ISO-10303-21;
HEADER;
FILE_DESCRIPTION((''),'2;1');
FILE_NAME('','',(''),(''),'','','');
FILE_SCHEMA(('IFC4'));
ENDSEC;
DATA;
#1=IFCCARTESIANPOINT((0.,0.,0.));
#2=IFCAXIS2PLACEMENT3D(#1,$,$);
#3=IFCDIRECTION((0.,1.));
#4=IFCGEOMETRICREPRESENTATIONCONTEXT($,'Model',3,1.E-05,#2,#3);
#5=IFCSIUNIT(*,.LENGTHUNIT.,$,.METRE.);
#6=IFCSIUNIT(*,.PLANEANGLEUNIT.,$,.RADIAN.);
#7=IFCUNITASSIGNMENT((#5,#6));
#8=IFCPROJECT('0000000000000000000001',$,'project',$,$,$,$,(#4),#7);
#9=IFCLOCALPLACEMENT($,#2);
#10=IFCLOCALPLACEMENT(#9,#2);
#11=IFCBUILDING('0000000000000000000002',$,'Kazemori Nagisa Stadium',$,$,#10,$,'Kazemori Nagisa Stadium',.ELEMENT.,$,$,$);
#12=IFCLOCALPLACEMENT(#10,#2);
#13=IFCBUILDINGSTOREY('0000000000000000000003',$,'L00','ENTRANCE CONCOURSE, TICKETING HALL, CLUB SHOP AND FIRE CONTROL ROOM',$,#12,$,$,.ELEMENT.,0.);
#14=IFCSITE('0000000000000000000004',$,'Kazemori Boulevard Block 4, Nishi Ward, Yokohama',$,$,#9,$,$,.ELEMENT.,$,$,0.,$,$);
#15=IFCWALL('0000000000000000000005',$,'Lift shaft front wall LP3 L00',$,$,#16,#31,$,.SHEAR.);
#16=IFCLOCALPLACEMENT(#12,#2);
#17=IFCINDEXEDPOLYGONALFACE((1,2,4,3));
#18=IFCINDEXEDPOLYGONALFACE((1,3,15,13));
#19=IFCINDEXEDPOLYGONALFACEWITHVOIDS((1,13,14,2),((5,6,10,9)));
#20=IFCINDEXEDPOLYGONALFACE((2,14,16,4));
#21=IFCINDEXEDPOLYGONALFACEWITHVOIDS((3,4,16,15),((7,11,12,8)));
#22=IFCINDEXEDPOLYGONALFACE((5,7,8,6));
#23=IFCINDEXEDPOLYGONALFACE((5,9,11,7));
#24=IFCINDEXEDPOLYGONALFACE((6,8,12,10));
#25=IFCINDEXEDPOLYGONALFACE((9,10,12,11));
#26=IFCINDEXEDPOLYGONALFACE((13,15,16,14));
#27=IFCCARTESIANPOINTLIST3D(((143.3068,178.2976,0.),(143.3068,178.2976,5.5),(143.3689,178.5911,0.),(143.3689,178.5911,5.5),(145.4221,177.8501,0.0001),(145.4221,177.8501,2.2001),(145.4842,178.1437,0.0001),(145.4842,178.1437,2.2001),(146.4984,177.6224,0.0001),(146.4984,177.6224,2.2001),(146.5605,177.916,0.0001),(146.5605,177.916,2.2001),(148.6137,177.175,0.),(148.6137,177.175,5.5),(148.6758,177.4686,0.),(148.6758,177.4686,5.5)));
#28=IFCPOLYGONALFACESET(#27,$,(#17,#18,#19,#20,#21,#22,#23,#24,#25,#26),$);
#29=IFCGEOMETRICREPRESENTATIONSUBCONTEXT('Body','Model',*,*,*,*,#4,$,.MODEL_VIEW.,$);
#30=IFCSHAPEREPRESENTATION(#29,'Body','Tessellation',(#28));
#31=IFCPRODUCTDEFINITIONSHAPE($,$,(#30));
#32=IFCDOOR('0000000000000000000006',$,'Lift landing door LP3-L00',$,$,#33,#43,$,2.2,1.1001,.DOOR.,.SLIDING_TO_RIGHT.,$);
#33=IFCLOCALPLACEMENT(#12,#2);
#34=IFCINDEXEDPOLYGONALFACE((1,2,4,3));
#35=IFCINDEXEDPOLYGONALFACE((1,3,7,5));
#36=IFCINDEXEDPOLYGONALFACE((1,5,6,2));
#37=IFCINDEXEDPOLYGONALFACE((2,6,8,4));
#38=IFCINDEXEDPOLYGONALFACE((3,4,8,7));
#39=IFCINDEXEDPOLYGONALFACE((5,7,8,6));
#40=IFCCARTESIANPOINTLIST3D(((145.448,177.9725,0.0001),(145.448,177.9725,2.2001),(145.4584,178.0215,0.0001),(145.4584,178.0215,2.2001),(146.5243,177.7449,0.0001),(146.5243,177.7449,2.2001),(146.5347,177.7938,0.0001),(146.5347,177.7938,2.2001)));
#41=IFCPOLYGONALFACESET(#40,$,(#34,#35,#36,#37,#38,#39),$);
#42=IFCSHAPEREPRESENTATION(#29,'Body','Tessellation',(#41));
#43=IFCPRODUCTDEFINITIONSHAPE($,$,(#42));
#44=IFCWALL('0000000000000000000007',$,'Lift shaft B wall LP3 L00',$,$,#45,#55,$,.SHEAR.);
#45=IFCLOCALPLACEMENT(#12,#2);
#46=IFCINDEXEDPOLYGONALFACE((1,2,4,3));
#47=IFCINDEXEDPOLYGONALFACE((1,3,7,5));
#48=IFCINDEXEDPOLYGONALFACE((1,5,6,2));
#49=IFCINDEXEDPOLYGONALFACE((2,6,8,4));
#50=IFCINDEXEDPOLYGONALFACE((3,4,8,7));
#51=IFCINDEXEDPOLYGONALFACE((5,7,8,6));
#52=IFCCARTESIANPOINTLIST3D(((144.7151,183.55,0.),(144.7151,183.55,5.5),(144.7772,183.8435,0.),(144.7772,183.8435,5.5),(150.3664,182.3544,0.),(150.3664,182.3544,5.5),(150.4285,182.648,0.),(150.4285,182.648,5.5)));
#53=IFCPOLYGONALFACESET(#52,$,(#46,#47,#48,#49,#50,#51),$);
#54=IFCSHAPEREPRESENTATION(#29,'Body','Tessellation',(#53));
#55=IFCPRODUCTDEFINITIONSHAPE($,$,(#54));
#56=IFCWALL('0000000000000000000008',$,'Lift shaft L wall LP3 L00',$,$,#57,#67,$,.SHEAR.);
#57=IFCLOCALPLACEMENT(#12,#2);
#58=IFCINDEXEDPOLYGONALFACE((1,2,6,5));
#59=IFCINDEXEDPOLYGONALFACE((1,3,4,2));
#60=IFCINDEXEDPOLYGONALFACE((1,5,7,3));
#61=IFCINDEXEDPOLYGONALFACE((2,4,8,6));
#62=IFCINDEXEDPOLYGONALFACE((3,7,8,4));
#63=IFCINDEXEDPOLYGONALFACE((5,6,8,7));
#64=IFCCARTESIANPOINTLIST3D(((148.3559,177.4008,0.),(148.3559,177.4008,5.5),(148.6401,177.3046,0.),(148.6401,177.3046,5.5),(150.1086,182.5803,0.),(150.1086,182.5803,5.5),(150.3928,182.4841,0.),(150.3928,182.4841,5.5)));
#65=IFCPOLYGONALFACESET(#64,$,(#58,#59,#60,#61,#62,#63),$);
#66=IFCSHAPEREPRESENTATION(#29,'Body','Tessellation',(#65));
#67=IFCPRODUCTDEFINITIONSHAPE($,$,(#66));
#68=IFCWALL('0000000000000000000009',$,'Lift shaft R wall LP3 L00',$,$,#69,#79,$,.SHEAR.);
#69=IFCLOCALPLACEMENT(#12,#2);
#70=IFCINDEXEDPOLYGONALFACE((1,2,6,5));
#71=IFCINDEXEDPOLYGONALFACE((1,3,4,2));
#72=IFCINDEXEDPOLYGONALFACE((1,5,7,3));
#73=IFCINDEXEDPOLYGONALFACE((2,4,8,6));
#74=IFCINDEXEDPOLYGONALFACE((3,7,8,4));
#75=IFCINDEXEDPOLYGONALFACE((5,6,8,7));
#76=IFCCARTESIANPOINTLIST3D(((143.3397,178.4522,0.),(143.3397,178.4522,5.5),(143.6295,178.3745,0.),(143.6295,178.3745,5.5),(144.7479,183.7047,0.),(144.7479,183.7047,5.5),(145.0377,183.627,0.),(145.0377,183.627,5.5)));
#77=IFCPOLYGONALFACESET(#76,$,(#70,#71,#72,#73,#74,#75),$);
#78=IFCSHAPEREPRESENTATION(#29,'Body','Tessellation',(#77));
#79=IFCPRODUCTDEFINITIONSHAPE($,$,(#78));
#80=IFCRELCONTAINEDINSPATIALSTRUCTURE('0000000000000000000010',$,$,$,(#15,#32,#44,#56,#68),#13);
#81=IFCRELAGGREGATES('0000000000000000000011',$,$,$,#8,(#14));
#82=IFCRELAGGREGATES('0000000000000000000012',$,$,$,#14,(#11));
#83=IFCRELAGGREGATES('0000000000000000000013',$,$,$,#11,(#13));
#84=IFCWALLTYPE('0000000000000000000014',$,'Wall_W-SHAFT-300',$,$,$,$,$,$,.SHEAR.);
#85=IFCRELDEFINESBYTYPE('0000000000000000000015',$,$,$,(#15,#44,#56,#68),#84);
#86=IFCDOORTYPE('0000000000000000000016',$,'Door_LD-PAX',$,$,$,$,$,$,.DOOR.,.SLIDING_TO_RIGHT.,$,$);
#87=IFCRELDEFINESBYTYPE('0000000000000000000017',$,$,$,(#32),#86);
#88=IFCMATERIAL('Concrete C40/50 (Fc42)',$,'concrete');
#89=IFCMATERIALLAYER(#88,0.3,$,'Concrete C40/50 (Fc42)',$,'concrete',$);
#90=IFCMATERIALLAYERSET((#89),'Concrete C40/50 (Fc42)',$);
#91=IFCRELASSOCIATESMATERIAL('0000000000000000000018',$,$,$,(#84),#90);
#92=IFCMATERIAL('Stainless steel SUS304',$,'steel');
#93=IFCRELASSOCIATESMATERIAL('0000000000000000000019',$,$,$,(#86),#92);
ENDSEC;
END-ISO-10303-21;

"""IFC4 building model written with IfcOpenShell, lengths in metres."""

from ifc_helpers import new_model, si_unit, direction, frame, frame_2d, origin, place, context, subcontext, project, spatial, rectangle, extrude, material, layer, layer_set, type_object, element, fill, save


model = new_model("IFC4")

# Units and contexts
model_context = context("Model", 3, precision=1e-05, world=origin(), true_north=direction((0.0, 1.0)))
body_context = subcontext(model_context, "Body", "Model", "MODEL_VIEW")
ifc_project = project(units=[si_unit("LENGTHUNIT", "METRE"), si_unit("PLANEANGLEUNIT", "RADIAN")], contexts=[model_context])

# Site, building, storey
site_placement = place(None, origin())
site = spatial("IfcSite", under=ifc_project, at=site_placement, Name="Kazemori Boulevard Block 4, Nishi Ward, Yokohama", CompositionType="ELEMENT", RefElevation=0.0)
building_placement = place(site_placement, origin())
building = spatial("IfcBuilding", under=site, at=building_placement, Name="Kazemori Nagisa Stadium", LongName="Kazemori Nagisa Stadium", CompositionType="ELEMENT")
storey_placement = place(building_placement, origin())
storey = spatial("IfcBuildingStorey", under=building, at=storey_placement, Name="L00", Description="ENTRANCE CONCOURSE, TICKETING HALL, CLUB SHOP AND FIRE CONTROL ROOM", CompositionType="ELEMENT", Elevation=0.0)

# Shared definitions
ifc_material_1 = material(Name="Concrete C40/50 (Fc42)", Category="concrete")

# Wall, opening, door
ifc_layer_1 = layer(ifc_material_1, 0.3, Name="Concrete C40/50 (Fc42)", Category="concrete")
ifc_layer_set_1 = layer_set([ifc_layer_1], Name="Concrete C40/50 (Fc42)")
wall_type_1 = type_object("IfcWallType", Name="Wall_W-SHAFT-300", PredefinedType="SHEAR", material=ifc_layer_set_1)
wall_1_placement = place(storey_placement, frame((148.6448, 177.3218, 0.0), z_axis=(0.0, 0.0, 1.0), x_axis=(-0.978352, 0.206949, 0.0)))
wall_1 = element("IfcWall", 1, at=wall_1_placement, inside=storey, type_object=wall_type_1, Name="Lift shaft front wall LP3 L00", PredefinedType="SHEAR", context=body_context, shape_type="SweptSolid", body=[
    extrude(rectangle(XDim=5.4243, YDim=0.3, at=frame_2d((2.7122, 0.0))), origin(), (0.0, 0.0, 1.0), 5.5),
])
opening_1_placement = place(wall_1_placement, frame((2.1621, 0.0, 0.0)))
opening_1 = element("IfcOpeningElement", 2, at=opening_1_placement, cuts=wall_1, PredefinedType="OPENING", context=body_context, shape_type="SweptSolid", body=[
    extrude(rectangle(XDim=1.1001, YDim=2.2, at=frame_2d((0.55, 1.1001))), frame((0.0, 0.1599, 0.0), z_axis=(0.0, -1.0, 0.0), x_axis=(1.0, 0.0, 0.0)), (0.0, 0.0, 1.0), 0.3201),
])
ifc_material_2 = material(Name="Stainless steel SUS304", Category="steel")
door_type_1 = type_object("IfcDoorType", Name="Door_LD-PAX", OperationType="SLIDING_TO_RIGHT", PredefinedType="DOOR", material=ifc_material_2)
door_1_placement = place(opening_1_placement, origin())
door_1 = element("IfcDoor", 3, at=door_1_placement, inside=storey, type_object=door_type_1, Name="Lift landing door LP3-L00", OperationType="SLIDING_TO_RIGHT", OverallHeight=2.2, OverallWidth=1.1001, PredefinedType="DOOR", context=body_context, shape_type="SweptSolid", body=[
    extrude(rectangle(XDim=1.1001, YDim=2.2, at=frame_2d((0.55, 1.1001))), frame((0.0, 0.0249, 0.0), z_axis=(0.0, -1.0, 0.0), x_axis=(1.0, 0.0, 0.0)), (0.0, 0.0, 1.0), 0.05),
])
fill(opening_1, door_1)

# Walls
wall_2_placement = place(storey_placement, frame((150.3975, 182.5012, 0.0), z_axis=(0.0, 0.0, 1.0), x_axis=(-0.978347, 0.206971, 0.0)))
element("IfcWall", 4, at=wall_2_placement, inside=storey, type_object=wall_type_1, Name="Lift shaft B wall LP3 L00", PredefinedType="SHEAR", context=body_context, shape_type="SweptSolid", body=[
    extrude(rectangle(XDim=5.7764, YDim=0.3, at=frame_2d((2.8882, 0.0))), origin(), (0.0, 0.0, 1.0), 5.5),
])
wall_3_placement = place(storey_placement, frame((148.498, 177.3528, 0.0), z_axis=(0.0, 0.0, 1.0), x_axis=(0.320538, 0.947236, 0.0)))
element("IfcWall", 5, at=wall_3_placement, inside=storey, type_object=wall_type_1, Name="Lift shaft L wall LP3 L00", PredefinedType="SHEAR", context=body_context, shape_type="SweptSolid", body=[
    extrude(rectangle(XDim=5.468, YDim=0.3, at=frame_2d((2.7339, 0.0))), origin(), (0.0, 0.0, 1.0), 5.5),
])
wall_4_placement = place(storey_placement, frame((143.4846, 178.4133, 0.0), z_axis=(0.0, 0.0, 1.0), x_axis=(0.258959, 0.965888, 0.0)))
element("IfcWall", 6, at=wall_4_placement, inside=storey, type_object=wall_type_1, Name="Lift shaft R wall LP3 L00", PredefinedType="SHEAR", context=body_context, shape_type="SweptSolid", body=[
    extrude(rectangle(XDim=5.438, YDim=0.3, at=frame_2d((2.719, 0.0))), origin(), (0.0, 0.0, 1.0), 5.5),
])

save(model, "model.ifc")
